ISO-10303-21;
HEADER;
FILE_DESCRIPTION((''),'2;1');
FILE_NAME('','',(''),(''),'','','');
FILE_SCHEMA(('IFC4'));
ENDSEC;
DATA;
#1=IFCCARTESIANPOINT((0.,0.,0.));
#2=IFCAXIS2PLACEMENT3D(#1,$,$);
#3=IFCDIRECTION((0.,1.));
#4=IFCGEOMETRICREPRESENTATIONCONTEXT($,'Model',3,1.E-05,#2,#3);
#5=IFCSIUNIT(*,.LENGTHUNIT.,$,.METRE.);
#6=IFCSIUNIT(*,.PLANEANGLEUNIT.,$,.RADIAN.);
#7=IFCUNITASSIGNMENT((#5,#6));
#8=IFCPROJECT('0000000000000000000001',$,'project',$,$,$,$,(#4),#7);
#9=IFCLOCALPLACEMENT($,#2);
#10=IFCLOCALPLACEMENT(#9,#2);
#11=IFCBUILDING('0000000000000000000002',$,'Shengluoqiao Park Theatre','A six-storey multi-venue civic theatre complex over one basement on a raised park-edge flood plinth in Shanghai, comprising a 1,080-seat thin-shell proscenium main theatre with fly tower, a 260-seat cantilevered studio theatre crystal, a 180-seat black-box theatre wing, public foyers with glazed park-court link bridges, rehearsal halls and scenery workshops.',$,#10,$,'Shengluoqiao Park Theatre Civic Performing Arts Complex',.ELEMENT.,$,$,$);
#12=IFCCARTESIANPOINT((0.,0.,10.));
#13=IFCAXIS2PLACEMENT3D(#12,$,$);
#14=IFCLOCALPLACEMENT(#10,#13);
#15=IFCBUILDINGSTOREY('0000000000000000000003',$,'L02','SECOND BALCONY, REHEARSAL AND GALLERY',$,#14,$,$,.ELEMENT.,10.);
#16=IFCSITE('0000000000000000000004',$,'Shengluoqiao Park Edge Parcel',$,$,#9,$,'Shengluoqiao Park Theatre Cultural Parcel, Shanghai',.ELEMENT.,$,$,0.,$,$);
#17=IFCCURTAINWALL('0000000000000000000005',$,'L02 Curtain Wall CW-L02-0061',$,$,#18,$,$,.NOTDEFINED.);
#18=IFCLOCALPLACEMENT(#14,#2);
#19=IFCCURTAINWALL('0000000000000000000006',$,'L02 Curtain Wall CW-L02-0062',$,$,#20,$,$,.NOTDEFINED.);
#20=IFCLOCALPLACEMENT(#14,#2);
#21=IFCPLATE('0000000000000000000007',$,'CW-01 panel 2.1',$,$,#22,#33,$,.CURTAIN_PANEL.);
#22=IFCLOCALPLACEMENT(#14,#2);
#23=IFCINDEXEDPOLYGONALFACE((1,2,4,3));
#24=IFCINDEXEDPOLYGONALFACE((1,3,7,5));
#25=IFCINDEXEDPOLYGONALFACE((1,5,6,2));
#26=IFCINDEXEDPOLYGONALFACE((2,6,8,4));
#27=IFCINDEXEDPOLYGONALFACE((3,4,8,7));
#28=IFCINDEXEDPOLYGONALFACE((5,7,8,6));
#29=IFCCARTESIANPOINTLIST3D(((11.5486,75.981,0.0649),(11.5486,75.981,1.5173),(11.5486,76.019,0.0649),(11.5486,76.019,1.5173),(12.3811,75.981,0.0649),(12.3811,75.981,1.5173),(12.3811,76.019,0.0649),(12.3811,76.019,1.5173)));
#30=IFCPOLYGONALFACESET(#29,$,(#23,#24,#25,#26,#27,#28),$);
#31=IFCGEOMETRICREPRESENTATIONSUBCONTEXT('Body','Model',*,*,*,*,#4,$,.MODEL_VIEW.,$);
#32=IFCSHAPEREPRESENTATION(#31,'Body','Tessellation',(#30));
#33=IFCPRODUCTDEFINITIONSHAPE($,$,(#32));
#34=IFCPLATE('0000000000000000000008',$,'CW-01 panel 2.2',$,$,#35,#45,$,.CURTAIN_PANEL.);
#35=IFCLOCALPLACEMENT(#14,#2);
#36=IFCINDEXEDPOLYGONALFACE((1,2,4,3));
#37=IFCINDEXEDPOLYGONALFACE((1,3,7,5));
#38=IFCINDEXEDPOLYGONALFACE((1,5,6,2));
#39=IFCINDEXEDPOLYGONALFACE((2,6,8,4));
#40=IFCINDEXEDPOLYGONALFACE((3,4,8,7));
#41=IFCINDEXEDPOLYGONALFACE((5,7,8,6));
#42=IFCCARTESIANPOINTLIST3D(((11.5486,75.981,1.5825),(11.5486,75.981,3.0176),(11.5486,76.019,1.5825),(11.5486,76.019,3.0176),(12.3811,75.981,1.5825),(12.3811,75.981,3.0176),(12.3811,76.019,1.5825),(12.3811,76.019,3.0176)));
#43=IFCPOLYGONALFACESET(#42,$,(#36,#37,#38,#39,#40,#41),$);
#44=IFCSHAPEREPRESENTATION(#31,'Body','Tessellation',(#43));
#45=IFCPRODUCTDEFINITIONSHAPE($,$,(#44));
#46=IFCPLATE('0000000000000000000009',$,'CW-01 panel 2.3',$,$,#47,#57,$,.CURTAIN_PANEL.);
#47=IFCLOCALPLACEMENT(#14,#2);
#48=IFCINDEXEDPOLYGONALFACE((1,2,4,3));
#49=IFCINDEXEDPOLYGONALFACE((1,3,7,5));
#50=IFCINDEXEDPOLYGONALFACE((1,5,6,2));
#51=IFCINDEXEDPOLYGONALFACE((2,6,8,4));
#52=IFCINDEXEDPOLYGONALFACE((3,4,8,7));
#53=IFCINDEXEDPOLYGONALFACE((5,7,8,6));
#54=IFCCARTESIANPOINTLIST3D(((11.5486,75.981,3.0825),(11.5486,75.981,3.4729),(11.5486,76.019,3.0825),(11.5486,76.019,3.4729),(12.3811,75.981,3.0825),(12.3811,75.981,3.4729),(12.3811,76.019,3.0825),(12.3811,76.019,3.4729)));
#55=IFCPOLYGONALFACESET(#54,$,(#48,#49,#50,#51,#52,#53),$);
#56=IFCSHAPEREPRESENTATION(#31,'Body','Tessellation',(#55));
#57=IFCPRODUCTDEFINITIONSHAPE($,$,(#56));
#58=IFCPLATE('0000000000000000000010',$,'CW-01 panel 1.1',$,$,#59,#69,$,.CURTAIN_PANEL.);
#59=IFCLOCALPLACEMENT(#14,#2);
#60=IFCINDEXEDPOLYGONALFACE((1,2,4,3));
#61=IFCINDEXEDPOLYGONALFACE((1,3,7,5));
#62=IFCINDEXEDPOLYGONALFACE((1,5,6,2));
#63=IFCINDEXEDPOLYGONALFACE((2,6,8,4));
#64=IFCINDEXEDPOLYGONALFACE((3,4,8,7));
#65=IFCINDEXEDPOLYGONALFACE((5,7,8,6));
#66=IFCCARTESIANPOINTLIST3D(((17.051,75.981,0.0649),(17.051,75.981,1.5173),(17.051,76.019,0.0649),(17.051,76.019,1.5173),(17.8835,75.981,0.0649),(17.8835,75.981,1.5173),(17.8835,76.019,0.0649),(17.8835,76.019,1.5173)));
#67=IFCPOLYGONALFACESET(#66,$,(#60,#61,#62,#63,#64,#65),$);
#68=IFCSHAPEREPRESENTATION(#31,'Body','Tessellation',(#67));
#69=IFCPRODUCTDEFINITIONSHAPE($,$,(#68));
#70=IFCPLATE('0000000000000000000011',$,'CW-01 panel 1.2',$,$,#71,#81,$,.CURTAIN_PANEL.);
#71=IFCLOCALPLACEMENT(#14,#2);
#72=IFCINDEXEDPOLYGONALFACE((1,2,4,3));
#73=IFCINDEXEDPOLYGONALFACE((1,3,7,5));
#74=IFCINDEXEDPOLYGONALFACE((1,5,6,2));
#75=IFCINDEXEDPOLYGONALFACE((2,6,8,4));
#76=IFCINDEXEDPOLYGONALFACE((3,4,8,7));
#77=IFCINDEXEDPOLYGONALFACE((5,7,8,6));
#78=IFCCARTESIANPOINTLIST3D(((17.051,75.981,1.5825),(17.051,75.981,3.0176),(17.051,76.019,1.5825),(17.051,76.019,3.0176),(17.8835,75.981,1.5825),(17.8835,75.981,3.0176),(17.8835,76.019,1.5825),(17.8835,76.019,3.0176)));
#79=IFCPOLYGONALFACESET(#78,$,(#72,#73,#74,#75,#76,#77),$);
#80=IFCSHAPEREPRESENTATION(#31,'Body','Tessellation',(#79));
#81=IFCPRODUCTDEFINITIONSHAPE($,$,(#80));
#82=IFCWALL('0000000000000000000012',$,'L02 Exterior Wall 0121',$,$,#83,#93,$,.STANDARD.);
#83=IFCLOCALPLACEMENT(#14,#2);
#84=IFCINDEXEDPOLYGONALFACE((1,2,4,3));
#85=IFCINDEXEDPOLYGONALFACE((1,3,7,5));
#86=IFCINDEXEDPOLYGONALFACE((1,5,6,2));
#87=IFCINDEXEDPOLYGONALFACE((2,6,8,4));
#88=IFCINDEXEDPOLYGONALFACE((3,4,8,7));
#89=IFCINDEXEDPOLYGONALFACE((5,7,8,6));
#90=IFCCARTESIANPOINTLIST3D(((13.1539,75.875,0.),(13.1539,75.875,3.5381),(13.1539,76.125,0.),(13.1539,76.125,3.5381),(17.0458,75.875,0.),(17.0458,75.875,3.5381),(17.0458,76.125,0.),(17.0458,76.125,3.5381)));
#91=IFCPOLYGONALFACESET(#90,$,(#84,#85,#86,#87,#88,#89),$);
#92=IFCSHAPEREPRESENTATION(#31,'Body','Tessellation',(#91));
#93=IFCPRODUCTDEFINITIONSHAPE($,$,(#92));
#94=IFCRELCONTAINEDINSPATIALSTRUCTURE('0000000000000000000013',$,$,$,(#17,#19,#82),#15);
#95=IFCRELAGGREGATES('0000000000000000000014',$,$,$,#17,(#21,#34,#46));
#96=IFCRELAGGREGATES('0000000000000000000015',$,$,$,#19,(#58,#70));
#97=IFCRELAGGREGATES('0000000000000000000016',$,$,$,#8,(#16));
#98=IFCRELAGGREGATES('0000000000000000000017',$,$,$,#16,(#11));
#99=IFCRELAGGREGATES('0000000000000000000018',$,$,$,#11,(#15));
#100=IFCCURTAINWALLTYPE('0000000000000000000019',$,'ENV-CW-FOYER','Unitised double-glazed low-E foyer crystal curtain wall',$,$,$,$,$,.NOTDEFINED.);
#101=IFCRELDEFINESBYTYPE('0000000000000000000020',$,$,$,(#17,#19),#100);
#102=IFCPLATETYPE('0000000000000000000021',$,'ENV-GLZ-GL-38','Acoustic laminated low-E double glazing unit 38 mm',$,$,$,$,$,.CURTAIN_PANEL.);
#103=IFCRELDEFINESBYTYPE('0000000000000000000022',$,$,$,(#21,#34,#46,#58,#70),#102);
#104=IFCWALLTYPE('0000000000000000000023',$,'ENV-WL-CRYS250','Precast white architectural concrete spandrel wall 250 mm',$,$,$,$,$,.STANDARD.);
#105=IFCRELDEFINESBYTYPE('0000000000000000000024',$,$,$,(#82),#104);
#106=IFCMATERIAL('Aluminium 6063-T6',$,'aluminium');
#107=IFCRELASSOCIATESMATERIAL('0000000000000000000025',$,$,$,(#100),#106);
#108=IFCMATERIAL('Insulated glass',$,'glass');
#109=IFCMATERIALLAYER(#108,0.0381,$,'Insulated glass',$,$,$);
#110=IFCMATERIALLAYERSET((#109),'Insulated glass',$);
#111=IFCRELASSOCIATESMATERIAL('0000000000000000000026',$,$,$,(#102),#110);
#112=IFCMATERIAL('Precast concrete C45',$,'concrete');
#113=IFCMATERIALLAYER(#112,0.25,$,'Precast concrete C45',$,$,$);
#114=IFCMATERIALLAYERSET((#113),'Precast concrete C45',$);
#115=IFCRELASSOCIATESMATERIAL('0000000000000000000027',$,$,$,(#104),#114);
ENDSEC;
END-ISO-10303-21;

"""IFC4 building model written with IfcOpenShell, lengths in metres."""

from ifc_helpers import new_model, si_unit, direction, frame, frame_2d, origin, origin_2d, place, context, subcontext, project, spatial, rectangle, extrude, material, layer, layer_set, type_object, element, aggregate, save


model = new_model("IFC4")

# Units and contexts
model_context = context("Model", 3, precision=1e-05, world=origin(), true_north=direction((0.0, 1.0)))
body_context = subcontext(model_context, "Body", "Model", "MODEL_VIEW")
ifc_project = project(units=[si_unit("LENGTHUNIT", "METRE"), si_unit("PLANEANGLEUNIT", "RADIAN")], contexts=[model_context])

# Site, building, storey
site_placement = place(None, origin())
site = spatial("IfcSite", under=ifc_project, at=site_placement, Name="Shengluoqiao Park Edge Parcel", LongName="Shengluoqiao Park Theatre Cultural Parcel, Shanghai", CompositionType="ELEMENT", RefElevation=0.0)
building_placement = place(site_placement, origin())
building = spatial("IfcBuilding", under=site, at=building_placement, Name="Shengluoqiao Park Theatre", Description="A six-storey multi-venue civic theatre complex over one basement on a raised park-edge flood plinth in Shanghai, comprising a 1,080-seat thin-shell proscenium main theatre with fly tower, a 260-seat cantilevered studio theatre crystal, a 180-seat black-box theatre wing, public foyers with glazed park-court link bridges, rehearsal halls and scenery workshops.", LongName="Shengluoqiao Park Theatre Civic Performing Arts Complex", CompositionType="ELEMENT")
storey_placement = place(building_placement, frame((0.0, 0.0, 10.0)))
storey = spatial("IfcBuildingStorey", under=building, at=storey_placement, Name="L02", Description="SECOND BALCONY, REHEARSAL AND GALLERY", CompositionType="ELEMENT", Elevation=10.0)

# Curtain wall
ifc_material_1 = material(Name="Aluminium 6063-T6", Category="aluminium")
curtain_wall_type = type_object("IfcCurtainWallType", Name="ENV-CW-FOYER", Description="Unitised double-glazed low-E foyer crystal curtain wall", PredefinedType="NOTDEFINED", material=ifc_material_1)
curtain_wall_1_placement = place(storey_placement, origin())
curtain_wall_1 = element("IfcCurtainWall", 1, at=curtain_wall_1_placement, inside=storey, type_object=curtain_wall_type, Name="L02 Curtain Wall CW-L02-0061", PredefinedType="NOTDEFINED")

# Curtain wall
curtain_wall_2_placement = place(storey_placement, origin())
curtain_wall_2 = element("IfcCurtainWall", 2, at=curtain_wall_2_placement, inside=storey, type_object=curtain_wall_type, Name="L02 Curtain Wall CW-L02-0062", PredefinedType="NOTDEFINED")

# Plates
ifc_material_2 = material(Name="Precast concrete C45", Category="concrete")
ifc_material_3 = material(Name="Insulated glass", Category="glass")
ifc_layer_1 = layer(ifc_material_3, 0.0381, Name="Insulated glass")
ifc_layer_set_1 = layer_set([ifc_layer_1], Name="Insulated glass")
plate_type_1 = type_object("IfcPlateType", Name="ENV-GLZ-GL-38", Description="Acoustic laminated low-E double glazing unit 38 mm", PredefinedType="CURTAIN_PANEL", material=ifc_layer_set_1)
plate_1_placement = place(storey_placement, frame((11.9648, 76.0, 0.0649), z_axis=(0.0, 0.0, 1.0), x_axis=(1.0, 0.0, 0.0)))
plate_1 = element("IfcPlate", 3, at=plate_1_placement, type_object=plate_type_1, Name="CW-01 panel 2.1", PredefinedType="CURTAIN_PANEL", context=body_context, shape_type="SweptSolid", body=[
    extrude(rectangle(XDim=0.8325, YDim=0.0381, at=origin_2d()), origin(), (0.0, 0.0, 1.0), 1.4524),
])
plate_2_placement = place(storey_placement, frame((11.9648, 76.0, 1.5825), z_axis=(0.0, 0.0, 1.0), x_axis=(1.0, 0.0, 0.0)))
plate_2 = element("IfcPlate", 4, at=plate_2_placement, type_object=plate_type_1, Name="CW-01 panel 2.2", PredefinedType="CURTAIN_PANEL", context=body_context, shape_type="SweptSolid", body=[
    extrude(rectangle(XDim=0.8325, YDim=0.0381, at=origin_2d()), origin(), (0.0, 0.0, 1.0), 1.4351),
])
plate_3_placement = place(storey_placement, frame((11.9648, 76.0, 3.0825), z_axis=(0.0, 0.0, 1.0), x_axis=(1.0, 0.0, 0.0)))
plate_3 = element("IfcPlate", 5, at=plate_3_placement, type_object=plate_type_1, Name="CW-01 panel 2.3", PredefinedType="CURTAIN_PANEL", context=body_context, shape_type="SweptSolid", body=[
    extrude(rectangle(XDim=0.8325, YDim=0.0381, at=origin_2d()), origin(), (0.0, 0.0, 1.0), 0.3904),
])
aggregate(curtain_wall_1, [plate_1, plate_2, plate_3])
plate_4_placement = place(storey_placement, frame((17.4673, 76.0, 0.0649), z_axis=(0.0, 0.0, 1.0), x_axis=(1.0, 0.0, 0.0)))
plate_4 = element("IfcPlate", 6, at=plate_4_placement, type_object=plate_type_1, Name="CW-01 panel 1.1", PredefinedType="CURTAIN_PANEL", context=body_context, shape_type="SweptSolid", body=[
    extrude(rectangle(XDim=0.8325, YDim=0.0381, at=origin_2d()), origin(), (0.0, 0.0, 1.0), 1.4524),
])
plate_5_placement = place(storey_placement, frame((17.4673, 76.0, 1.5825), z_axis=(0.0, 0.0, 1.0), x_axis=(1.0, 0.0, 0.0)))
plate_5 = element("IfcPlate", 7, at=plate_5_placement, type_object=plate_type_1, Name="CW-01 panel 1.2", PredefinedType="CURTAIN_PANEL", context=body_context, shape_type="SweptSolid", body=[
    extrude(rectangle(XDim=0.8325, YDim=0.0381, at=origin_2d()), origin(), (0.0, 0.0, 1.0), 1.4351),
])
aggregate(curtain_wall_2, [plate_4, plate_5])

# Wall
ifc_layer_2 = layer(ifc_material_2, 0.25, Name="Precast concrete C45")
ifc_layer_set_2 = layer_set([ifc_layer_2], Name="Precast concrete C45")
wall_type = type_object("IfcWallType", Name="ENV-WL-CRYS250", Description="Precast white architectural concrete spandrel wall 250 mm", PredefinedType="STANDARD", material=ifc_layer_set_2)
wall_placement = place(storey_placement, frame((13.1541, 76.0, 0.0), z_axis=(0.0, 0.0, 1.0), x_axis=(1.0, 0.0, 0.0)))
element("IfcWall", 8, at=wall_placement, inside=storey, type_object=wall_type, Name="L02 Exterior Wall 0121", PredefinedType="STANDARD", context=body_context, shape_type="SweptSolid", body=[
    extrude(rectangle(XDim=3.8918, YDim=0.25, at=frame_2d((1.9458, 0.0))), origin(), (0.0, 0.0, 1.0), 3.5381),
])

save(model, "model.ifc")
